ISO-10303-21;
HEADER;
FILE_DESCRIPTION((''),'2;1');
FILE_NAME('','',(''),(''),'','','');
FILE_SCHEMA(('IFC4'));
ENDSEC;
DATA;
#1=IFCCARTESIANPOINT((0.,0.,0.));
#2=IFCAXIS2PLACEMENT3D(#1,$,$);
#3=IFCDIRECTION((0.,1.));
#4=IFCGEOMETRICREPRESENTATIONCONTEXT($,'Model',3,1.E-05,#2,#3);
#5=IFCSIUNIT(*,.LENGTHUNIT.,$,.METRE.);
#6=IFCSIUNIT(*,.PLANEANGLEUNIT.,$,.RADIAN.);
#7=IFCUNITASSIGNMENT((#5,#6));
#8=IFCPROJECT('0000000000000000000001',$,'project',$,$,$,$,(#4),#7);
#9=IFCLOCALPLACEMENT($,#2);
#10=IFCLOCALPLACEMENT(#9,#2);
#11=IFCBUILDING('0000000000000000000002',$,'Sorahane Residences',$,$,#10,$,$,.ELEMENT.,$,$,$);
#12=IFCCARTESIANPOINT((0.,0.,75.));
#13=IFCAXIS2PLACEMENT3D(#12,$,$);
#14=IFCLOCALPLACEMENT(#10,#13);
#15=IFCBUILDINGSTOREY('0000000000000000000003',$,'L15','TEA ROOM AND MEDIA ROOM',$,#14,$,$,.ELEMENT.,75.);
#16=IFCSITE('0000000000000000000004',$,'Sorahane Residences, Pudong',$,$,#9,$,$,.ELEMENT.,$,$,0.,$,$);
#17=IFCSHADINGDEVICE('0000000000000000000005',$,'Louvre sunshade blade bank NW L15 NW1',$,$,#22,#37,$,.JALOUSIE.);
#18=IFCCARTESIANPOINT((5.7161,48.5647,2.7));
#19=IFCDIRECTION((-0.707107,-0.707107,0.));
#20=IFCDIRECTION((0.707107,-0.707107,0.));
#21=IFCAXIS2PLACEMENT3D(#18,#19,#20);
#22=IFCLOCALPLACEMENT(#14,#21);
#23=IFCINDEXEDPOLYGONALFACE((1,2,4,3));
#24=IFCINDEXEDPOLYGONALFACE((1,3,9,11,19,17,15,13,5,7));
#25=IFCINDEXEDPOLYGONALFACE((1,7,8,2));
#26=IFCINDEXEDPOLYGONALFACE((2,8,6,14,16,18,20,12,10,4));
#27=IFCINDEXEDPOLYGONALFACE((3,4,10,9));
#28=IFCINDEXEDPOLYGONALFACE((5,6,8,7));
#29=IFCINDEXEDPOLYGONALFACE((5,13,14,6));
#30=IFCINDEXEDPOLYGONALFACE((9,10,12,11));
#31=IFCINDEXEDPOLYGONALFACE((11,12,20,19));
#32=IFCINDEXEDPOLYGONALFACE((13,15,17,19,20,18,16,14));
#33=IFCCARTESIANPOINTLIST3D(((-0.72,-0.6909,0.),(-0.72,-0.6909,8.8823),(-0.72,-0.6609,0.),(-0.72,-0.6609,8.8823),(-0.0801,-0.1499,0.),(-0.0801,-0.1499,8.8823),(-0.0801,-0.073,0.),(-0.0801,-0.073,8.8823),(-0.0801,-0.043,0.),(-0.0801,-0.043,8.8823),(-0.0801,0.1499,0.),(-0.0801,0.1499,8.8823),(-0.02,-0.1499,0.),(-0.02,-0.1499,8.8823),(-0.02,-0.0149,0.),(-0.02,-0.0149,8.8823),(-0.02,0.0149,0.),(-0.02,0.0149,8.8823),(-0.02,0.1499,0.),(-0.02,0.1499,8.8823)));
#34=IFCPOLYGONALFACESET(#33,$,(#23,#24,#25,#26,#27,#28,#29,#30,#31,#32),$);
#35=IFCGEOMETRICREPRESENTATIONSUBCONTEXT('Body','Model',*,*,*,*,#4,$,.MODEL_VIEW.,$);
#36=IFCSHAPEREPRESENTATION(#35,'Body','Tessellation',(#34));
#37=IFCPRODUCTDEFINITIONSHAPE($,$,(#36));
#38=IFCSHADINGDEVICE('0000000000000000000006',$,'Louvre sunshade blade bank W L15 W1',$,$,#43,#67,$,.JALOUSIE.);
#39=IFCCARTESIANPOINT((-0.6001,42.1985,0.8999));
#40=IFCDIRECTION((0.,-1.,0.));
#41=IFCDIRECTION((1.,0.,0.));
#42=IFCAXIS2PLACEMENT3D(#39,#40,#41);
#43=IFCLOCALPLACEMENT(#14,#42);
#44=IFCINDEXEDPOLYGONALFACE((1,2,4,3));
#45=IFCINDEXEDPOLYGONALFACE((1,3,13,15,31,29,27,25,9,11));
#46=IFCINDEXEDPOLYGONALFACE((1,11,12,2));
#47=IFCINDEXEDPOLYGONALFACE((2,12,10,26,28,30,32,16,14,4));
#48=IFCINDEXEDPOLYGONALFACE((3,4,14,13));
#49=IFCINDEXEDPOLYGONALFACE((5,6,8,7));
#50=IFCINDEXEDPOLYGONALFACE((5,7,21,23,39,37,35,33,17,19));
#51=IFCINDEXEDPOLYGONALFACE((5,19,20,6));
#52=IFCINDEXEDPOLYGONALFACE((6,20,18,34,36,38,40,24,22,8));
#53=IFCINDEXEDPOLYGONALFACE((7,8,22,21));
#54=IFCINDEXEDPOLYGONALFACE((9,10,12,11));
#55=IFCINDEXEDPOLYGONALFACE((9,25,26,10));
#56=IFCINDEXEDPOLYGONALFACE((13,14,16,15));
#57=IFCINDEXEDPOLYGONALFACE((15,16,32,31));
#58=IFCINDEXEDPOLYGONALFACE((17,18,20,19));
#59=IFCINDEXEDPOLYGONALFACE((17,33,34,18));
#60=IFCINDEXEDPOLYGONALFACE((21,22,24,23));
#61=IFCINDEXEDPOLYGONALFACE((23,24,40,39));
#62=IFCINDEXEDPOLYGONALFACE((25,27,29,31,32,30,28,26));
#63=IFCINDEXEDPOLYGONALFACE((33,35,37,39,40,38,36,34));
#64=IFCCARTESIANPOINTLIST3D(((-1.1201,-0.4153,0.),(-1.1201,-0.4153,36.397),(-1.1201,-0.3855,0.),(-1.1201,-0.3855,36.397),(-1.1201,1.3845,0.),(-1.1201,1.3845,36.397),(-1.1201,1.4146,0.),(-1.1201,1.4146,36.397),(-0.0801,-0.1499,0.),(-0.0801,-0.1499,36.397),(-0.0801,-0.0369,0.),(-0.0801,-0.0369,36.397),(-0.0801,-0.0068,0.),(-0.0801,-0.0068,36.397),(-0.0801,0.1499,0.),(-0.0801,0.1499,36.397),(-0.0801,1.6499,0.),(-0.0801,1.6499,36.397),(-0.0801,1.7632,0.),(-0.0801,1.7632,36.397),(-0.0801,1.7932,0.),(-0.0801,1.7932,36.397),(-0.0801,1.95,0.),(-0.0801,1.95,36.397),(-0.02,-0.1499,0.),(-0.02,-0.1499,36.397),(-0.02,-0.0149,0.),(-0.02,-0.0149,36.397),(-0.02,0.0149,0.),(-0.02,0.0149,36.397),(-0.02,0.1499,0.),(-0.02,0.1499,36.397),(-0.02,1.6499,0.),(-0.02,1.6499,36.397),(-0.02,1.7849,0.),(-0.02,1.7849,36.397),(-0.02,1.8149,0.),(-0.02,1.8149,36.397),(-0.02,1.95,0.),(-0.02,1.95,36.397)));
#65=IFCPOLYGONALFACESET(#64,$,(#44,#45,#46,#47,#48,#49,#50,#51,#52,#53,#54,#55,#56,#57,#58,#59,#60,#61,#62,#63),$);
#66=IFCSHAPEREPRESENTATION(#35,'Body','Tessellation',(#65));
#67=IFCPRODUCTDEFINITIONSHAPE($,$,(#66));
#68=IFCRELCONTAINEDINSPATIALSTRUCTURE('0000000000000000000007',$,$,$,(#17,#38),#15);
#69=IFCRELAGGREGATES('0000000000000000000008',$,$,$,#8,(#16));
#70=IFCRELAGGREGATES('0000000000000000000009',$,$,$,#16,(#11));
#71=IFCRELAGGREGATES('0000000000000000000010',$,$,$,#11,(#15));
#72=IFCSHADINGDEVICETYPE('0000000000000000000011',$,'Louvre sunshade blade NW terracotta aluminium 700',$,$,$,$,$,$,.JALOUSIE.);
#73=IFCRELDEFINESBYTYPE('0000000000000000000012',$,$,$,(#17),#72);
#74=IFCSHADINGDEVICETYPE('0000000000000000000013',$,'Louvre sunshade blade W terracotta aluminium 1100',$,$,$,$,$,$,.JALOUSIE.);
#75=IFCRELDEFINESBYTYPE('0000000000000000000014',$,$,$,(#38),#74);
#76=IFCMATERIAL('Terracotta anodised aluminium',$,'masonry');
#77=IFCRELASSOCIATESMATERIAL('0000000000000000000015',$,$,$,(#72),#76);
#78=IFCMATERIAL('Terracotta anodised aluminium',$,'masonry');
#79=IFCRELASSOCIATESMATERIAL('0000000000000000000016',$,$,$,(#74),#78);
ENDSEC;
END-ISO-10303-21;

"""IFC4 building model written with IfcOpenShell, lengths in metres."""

from ifc_helpers import new_model, si_unit, direction, frame, origin, place, context, subcontext, project, spatial, polyline, outline, composite_profile, extrude, material, type_object, element, save


model = new_model("IFC4")

# Units and contexts
model_context = context("Model", 3, precision=1e-05, world=origin(), true_north=direction((0.0, 1.0)))
body_context = subcontext(model_context, "Body", "Model", "MODEL_VIEW")
ifc_project = project(units=[si_unit("LENGTHUNIT", "METRE"), si_unit("PLANEANGLEUNIT", "RADIAN")], contexts=[model_context])

# Site, building, storey
site_placement = place(None, origin())
site = spatial("IfcSite", under=ifc_project, at=site_placement, Name="Sorahane Residences, Pudong", CompositionType="ELEMENT", RefElevation=0.0)
building_placement = place(site_placement, origin())
building = spatial("IfcBuilding", under=site, at=building_placement, Name="Sorahane Residences", CompositionType="ELEMENT")
storey_placement = place(building_placement, frame((0.0, 0.0, 75.0)))
storey = spatial("IfcBuildingStorey", under=building, at=storey_placement, Name="L15", Description="TEA ROOM AND MEDIA ROOM", CompositionType="ELEMENT", Elevation=75.0)

# Shading devices
ifc_material_1 = material(Name="Terracotta anodised aluminium", Category="masonry")
shading_device_type_1 = type_object("IfcShadingDeviceType", Name="Louvre sunshade blade NW terracotta aluminium 700", PredefinedType="JALOUSIE", material=ifc_material_1)
shading_device_1_placement = place(storey_placement, frame((5.7161, 48.5647, 2.7), z_axis=(-0.707107, -0.707107, 0.0), x_axis=(0.707107, -0.707107, 0.0)))
element("IfcShadingDevice", 1, at=shading_device_1_placement, inside=storey, type_object=shading_device_type_1, Name="Louvre sunshade blade bank NW L15 NW1", PredefinedType="JALOUSIE", context=body_context, shape_type="SweptSolid", body=[
    extrude(outline(polyline([(-0.72, -0.6609), (-0.72, -0.6909), (-0.0801, -0.073), (-0.0801, -0.1499), (-0.02, -0.1499), (-0.02, -0.0149), (-0.02, 0.0149), (-0.02, 0.1499), (-0.0801, 0.1499), (-0.0801, -0.043), (-0.72, -0.6609)])), origin(), (0.0, 0.0, 1.0), 8.8823),
])
ifc_material_2 = material(Name="Terracotta anodised aluminium", Category="masonry")
shading_device_type_2 = type_object("IfcShadingDeviceType", Name="Louvre sunshade blade W terracotta aluminium 1100", PredefinedType="JALOUSIE", material=ifc_material_2)
shading_device_2_placement = place(storey_placement, frame((-0.6001, 42.1985, 0.8999), z_axis=(0.0, -1.0, 0.0), x_axis=(1.0, 0.0, 0.0)))
element("IfcShadingDevice", 2, at=shading_device_2_placement, inside=storey, type_object=shading_device_type_2, Name="Louvre sunshade blade bank W L15 W1", PredefinedType="JALOUSIE", context=body_context, shape_type="SweptSolid", body=[
    extrude(composite_profile([outline(polyline([(-1.1201, -0.3855), (-1.1201, -0.4153), (-0.0801, -0.0369), (-0.0801, -0.1499), (-0.02, -0.1499), (-0.02, -0.0149), (-0.02, 0.0149), (-0.02, 0.1499), (-0.0801, 0.1499), (-0.0801, -0.0068), (-1.1201, -0.3855)])), outline(polyline([(-1.1201, 1.4146), (-1.1201, 1.3845), (-0.0801, 1.7632), (-0.0801, 1.6499), (-0.02, 1.6499), (-0.02, 1.7849), (-0.02, 1.8149), (-0.02, 1.95), (-0.0801, 1.95), (-0.0801, 1.7932), (-1.1201, 1.4146)]))]), origin(), (0.0, 0.0, 1.0), 36.397),
])

save(model, "model.ifc")
